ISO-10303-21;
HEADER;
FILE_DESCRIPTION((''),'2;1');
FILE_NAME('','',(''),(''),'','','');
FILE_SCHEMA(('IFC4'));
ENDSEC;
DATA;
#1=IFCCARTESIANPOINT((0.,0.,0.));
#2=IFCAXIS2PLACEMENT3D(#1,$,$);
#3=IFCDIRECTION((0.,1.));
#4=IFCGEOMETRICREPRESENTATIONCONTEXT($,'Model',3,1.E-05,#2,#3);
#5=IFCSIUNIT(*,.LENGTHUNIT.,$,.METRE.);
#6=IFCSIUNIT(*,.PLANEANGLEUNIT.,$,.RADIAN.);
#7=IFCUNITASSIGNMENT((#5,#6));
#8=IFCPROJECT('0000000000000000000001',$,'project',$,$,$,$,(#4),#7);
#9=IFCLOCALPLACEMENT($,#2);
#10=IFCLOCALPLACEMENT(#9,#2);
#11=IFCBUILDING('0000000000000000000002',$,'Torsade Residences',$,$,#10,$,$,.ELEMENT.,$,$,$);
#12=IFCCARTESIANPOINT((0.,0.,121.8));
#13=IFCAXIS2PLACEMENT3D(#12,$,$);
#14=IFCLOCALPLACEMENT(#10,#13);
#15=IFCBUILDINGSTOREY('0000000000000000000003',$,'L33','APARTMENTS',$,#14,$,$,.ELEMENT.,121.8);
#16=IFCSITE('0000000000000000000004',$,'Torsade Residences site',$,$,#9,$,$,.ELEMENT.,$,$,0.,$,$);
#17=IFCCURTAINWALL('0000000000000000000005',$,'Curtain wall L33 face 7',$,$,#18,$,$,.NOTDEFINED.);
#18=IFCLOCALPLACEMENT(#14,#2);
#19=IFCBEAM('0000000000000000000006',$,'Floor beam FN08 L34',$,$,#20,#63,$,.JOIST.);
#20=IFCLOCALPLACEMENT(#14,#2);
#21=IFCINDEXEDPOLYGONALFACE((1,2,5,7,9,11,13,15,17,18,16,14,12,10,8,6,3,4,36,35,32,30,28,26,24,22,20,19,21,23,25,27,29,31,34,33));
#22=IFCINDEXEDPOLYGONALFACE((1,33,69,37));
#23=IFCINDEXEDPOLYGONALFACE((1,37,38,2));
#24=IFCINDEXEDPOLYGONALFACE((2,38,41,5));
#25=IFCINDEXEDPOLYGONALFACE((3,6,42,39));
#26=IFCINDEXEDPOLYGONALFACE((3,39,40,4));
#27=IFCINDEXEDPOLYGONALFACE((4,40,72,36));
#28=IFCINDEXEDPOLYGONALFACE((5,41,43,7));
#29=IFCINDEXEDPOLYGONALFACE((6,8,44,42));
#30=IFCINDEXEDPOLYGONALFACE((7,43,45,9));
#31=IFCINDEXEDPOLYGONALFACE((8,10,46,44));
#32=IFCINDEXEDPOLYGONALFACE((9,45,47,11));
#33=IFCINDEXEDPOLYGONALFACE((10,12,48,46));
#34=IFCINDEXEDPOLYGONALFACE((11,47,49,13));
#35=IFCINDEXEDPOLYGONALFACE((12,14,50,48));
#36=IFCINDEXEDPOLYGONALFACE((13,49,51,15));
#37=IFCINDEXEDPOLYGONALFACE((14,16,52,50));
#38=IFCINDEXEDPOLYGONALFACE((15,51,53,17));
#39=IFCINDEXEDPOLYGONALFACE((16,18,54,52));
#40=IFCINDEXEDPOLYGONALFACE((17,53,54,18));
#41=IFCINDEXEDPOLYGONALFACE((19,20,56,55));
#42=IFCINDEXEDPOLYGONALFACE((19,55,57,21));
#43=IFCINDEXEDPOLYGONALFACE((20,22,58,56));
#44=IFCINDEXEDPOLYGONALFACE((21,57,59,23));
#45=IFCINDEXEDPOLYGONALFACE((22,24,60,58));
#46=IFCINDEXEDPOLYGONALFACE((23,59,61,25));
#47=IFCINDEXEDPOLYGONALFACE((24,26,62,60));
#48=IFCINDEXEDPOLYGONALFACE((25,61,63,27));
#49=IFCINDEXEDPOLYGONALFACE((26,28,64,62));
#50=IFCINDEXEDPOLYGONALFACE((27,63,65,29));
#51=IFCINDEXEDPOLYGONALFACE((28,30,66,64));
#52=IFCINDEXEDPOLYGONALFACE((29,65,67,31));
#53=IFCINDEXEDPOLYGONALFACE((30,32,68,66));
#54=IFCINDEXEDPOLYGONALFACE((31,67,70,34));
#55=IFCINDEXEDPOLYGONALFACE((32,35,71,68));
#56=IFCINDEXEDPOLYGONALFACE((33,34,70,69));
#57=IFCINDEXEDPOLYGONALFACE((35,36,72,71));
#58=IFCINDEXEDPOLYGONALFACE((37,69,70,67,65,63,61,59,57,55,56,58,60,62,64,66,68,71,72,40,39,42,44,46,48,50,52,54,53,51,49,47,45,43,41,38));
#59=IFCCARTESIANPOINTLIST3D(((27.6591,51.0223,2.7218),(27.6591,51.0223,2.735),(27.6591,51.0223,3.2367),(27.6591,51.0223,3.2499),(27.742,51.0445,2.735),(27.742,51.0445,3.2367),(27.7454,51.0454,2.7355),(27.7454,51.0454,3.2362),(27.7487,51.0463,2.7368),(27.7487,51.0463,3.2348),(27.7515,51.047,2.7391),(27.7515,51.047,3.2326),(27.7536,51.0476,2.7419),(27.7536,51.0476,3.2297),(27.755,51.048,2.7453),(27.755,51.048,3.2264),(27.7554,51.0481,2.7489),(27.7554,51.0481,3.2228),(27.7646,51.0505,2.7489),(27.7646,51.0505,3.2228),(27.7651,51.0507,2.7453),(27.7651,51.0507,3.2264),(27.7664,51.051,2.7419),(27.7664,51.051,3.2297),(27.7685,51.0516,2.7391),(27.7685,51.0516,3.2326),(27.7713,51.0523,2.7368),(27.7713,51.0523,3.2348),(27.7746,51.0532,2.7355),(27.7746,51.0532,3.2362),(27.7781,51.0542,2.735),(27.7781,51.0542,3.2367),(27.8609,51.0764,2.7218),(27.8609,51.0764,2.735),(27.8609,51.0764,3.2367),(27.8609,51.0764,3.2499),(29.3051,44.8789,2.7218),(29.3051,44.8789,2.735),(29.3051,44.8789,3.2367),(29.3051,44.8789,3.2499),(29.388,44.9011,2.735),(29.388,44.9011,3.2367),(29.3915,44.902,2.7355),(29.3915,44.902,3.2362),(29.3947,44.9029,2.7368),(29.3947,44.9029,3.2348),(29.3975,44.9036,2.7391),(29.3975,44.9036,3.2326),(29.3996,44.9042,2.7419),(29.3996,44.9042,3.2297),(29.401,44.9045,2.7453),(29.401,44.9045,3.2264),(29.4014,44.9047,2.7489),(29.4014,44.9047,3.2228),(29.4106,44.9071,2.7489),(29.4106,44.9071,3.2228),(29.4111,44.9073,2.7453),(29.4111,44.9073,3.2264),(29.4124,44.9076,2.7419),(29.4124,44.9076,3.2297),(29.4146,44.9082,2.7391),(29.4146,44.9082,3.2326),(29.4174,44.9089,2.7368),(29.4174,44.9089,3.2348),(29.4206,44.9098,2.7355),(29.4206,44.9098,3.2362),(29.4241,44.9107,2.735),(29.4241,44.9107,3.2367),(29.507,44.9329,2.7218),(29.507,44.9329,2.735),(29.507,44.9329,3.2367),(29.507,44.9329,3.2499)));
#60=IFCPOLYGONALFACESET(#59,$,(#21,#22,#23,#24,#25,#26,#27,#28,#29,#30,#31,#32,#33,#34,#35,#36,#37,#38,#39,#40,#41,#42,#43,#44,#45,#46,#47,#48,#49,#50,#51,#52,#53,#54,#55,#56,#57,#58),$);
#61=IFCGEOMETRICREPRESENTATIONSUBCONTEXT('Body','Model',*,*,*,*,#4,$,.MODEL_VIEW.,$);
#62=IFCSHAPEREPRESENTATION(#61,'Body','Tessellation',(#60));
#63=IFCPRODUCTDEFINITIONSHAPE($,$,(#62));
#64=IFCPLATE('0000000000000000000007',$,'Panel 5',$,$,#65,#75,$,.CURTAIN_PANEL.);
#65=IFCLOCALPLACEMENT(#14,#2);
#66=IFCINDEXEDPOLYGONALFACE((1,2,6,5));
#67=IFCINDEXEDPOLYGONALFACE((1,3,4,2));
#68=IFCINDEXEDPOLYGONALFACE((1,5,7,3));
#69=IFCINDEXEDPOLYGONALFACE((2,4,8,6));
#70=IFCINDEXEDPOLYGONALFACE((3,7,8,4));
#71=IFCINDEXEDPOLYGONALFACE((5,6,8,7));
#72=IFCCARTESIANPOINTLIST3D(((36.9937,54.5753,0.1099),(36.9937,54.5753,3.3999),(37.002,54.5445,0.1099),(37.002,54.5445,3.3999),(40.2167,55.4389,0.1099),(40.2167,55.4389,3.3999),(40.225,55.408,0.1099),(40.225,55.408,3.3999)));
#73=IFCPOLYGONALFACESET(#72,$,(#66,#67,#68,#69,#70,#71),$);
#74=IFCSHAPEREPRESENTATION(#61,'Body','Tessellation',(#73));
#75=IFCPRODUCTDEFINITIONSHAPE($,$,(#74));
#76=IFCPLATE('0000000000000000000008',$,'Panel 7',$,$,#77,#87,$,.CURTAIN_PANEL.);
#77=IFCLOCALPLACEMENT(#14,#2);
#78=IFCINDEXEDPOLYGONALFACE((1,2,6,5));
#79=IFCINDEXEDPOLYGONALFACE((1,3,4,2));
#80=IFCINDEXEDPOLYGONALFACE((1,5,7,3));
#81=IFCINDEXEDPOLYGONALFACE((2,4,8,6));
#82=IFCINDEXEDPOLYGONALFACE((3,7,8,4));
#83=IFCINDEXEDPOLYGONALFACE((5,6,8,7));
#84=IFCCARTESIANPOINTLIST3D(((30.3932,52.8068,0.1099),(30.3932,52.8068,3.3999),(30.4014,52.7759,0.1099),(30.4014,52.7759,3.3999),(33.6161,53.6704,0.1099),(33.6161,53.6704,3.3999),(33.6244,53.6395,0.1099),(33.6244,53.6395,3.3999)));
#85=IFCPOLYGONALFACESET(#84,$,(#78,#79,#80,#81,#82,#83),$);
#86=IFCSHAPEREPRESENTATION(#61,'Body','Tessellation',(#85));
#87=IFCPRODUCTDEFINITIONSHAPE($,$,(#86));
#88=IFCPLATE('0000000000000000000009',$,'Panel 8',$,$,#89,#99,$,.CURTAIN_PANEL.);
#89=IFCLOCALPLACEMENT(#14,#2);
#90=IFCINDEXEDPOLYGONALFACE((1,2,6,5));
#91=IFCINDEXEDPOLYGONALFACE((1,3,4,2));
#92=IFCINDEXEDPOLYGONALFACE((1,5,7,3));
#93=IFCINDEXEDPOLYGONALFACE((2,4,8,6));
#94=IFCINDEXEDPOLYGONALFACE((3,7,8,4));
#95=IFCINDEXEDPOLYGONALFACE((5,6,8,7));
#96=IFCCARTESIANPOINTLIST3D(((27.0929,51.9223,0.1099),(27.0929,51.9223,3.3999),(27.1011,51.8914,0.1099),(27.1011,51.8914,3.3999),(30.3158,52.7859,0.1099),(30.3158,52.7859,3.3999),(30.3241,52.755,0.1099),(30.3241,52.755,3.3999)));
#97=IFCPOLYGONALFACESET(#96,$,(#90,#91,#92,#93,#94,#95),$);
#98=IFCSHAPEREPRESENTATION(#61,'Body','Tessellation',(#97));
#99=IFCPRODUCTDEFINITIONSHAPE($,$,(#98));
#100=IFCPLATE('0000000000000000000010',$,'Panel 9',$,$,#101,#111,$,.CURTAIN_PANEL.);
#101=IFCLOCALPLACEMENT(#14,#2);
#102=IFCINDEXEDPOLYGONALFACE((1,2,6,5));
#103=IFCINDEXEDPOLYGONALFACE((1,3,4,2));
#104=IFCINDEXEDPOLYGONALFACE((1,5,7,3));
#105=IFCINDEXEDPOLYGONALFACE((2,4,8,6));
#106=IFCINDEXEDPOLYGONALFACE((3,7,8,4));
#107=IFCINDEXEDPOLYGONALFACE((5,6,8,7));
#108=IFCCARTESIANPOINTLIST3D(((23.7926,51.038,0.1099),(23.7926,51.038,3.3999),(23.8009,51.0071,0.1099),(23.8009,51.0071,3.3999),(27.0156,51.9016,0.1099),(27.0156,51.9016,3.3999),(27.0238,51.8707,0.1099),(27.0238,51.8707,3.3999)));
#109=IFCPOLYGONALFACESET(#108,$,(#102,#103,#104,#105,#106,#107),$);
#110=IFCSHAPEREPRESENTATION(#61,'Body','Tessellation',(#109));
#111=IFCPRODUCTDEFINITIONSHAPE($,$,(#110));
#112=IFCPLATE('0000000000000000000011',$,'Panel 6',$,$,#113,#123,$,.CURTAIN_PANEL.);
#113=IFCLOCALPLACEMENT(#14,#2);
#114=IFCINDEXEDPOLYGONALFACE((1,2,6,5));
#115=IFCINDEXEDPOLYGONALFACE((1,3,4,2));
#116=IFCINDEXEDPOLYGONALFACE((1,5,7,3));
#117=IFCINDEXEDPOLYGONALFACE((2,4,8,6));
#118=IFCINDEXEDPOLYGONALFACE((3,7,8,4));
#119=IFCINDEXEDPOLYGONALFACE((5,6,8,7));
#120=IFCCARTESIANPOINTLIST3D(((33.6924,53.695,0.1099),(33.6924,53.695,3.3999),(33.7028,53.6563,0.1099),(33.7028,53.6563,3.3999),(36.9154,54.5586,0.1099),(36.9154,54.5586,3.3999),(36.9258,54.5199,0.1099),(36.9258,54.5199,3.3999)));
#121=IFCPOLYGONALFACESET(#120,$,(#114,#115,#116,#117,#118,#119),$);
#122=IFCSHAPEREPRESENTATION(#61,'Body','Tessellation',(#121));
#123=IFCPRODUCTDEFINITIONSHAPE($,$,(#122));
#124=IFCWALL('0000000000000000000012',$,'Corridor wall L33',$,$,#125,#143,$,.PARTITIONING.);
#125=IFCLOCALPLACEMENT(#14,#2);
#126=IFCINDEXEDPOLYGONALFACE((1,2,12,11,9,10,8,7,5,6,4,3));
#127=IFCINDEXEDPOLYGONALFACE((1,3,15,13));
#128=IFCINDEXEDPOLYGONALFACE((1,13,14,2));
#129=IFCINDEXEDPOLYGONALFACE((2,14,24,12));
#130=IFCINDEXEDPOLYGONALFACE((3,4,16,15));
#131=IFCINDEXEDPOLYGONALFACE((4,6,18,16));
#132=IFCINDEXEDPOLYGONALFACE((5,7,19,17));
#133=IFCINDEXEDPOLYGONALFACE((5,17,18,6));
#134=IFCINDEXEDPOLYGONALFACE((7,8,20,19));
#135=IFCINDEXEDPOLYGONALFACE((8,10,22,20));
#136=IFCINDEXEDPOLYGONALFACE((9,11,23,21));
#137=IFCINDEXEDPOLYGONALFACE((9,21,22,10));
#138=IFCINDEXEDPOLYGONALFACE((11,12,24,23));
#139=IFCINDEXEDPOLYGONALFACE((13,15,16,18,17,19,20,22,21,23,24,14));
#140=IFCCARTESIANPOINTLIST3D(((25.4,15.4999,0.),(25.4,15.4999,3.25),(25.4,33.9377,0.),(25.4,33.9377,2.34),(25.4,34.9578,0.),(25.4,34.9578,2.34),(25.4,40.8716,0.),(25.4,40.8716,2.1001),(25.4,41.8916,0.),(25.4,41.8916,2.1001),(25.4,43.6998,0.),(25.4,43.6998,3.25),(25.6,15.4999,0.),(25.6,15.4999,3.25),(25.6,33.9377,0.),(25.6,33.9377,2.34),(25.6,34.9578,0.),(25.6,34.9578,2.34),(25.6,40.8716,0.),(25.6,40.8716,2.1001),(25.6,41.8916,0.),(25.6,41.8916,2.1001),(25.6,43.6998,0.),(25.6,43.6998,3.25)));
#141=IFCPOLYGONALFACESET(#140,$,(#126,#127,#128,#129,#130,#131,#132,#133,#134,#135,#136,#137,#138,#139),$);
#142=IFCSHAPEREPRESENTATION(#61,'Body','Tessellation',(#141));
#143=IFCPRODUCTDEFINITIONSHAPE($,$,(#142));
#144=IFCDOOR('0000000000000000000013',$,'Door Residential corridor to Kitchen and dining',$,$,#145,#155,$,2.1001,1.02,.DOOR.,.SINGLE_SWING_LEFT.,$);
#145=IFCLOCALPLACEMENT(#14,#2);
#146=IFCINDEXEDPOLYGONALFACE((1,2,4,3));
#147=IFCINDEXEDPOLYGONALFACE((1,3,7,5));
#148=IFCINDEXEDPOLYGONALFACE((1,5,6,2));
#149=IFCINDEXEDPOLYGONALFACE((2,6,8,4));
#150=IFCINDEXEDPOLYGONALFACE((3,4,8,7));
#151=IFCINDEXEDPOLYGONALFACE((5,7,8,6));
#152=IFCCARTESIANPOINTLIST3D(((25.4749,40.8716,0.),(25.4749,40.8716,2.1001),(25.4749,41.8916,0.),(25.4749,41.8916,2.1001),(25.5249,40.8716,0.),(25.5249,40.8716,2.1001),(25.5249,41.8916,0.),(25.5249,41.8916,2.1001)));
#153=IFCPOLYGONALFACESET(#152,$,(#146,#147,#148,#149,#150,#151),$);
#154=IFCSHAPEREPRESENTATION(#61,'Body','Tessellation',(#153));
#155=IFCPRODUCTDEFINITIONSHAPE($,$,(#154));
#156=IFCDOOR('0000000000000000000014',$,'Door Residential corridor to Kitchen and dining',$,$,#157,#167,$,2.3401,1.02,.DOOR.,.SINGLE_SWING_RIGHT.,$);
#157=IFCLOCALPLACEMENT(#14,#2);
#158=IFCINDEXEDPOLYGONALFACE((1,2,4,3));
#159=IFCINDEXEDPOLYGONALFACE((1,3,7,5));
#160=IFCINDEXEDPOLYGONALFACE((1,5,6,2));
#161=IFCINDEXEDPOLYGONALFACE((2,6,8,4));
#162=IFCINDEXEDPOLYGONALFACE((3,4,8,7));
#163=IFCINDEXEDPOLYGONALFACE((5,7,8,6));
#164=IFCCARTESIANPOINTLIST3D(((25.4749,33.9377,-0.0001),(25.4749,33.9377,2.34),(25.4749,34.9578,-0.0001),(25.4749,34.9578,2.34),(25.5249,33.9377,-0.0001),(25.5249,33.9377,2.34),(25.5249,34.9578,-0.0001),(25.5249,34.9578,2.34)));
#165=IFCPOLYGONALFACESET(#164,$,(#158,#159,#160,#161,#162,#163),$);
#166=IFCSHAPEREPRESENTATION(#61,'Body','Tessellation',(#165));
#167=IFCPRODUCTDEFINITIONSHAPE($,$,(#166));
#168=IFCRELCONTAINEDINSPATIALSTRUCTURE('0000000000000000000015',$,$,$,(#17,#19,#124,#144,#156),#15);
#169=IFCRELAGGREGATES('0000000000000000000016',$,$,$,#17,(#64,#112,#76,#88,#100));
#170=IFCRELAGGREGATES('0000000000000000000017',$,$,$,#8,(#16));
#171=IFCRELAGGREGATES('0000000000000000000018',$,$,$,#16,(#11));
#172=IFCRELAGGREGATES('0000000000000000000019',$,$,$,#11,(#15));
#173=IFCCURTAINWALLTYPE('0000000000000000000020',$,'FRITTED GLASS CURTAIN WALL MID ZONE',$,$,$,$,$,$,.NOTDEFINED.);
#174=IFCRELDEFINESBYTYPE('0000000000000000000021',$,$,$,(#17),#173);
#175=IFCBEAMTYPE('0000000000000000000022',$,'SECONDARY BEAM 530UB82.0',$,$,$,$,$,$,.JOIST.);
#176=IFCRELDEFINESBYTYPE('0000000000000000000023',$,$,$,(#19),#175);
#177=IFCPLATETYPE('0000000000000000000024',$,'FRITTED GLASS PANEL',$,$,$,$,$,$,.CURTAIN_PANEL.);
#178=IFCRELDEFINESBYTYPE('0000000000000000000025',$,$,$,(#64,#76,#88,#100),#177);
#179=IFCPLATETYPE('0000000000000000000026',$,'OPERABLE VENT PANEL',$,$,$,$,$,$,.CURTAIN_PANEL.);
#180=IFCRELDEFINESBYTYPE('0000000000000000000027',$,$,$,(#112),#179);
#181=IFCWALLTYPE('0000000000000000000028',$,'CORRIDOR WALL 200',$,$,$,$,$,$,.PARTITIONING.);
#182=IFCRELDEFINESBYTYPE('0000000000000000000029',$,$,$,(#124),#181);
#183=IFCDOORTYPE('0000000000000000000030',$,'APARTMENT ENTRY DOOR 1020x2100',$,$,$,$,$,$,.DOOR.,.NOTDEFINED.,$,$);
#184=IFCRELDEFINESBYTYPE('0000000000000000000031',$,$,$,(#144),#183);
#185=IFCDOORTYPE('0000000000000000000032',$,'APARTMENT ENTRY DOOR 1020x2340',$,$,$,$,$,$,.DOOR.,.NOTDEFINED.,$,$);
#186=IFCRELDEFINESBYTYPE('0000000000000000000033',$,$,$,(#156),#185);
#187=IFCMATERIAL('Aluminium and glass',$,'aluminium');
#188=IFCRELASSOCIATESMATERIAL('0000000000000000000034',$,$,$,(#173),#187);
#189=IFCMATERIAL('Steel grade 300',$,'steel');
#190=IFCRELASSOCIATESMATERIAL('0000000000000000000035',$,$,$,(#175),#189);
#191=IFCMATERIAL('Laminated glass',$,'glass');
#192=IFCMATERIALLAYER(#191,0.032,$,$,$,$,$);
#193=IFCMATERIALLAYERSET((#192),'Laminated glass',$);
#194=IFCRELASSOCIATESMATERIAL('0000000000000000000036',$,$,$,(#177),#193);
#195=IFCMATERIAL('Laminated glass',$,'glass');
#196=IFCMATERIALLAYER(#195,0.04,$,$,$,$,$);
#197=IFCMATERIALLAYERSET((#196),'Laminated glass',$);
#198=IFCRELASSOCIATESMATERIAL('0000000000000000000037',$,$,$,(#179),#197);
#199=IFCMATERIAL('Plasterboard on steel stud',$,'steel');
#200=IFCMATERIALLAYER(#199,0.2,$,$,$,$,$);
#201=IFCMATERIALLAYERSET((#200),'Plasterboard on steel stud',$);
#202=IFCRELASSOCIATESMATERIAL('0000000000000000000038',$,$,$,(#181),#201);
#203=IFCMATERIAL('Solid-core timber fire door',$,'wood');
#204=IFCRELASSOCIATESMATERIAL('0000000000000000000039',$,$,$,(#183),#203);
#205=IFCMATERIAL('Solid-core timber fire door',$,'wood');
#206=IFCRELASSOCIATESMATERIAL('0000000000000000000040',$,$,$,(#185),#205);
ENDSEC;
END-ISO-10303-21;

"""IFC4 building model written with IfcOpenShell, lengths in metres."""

from ifc_helpers import new_model, si_unit, direction, frame, frame_2d, origin, origin_2d, place, context, subcontext, project, spatial, rectangle, i_section, extrude, material, layer, layer_set, material_profile, profile_set, type_object, element, fill, aggregate, save


model = new_model("IFC4")

# Units and contexts
model_context = context("Model", 3, precision=1e-05, world=origin(), true_north=direction((0.0, 1.0)))
body_context = subcontext(model_context, "Body", "Model", "MODEL_VIEW")
ifc_project = project(units=[si_unit("LENGTHUNIT", "METRE"), si_unit("PLANEANGLEUNIT", "RADIAN")], contexts=[model_context])

# Site, building, storey
site_placement = place(None, origin())
site = spatial("IfcSite", under=ifc_project, at=site_placement, Name="Torsade Residences site", CompositionType="ELEMENT", RefElevation=0.0)
building_placement = place(site_placement, origin())
building = spatial("IfcBuilding", under=site, at=building_placement, Name="Torsade Residences", CompositionType="ELEMENT")
storey_placement = place(building_placement, frame((0.0, 0.0, 121.8)))
storey = spatial("IfcBuildingStorey", under=building, at=storey_placement, Name="L33", Description="APARTMENTS", CompositionType="ELEMENT", Elevation=121.8)

# Curtain wall
ifc_material_1 = material(Name="Aluminium and glass", Category="aluminium")
curtain_wall_type = type_object("IfcCurtainWallType", Name="FRITTED GLASS CURTAIN WALL MID ZONE", PredefinedType="NOTDEFINED", material=ifc_material_1)
curtain_wall_placement = place(storey_placement, origin())
curtain_wall = element("IfcCurtainWall", 1, at=curtain_wall_placement, inside=storey, type_object=curtain_wall_type, Name="Curtain wall L33 face 7", PredefinedType="NOTDEFINED")

# Beam
ifc_material_2 = material(Name="Steel grade 300", Category="steel")
ifc_material_profile_1 = material_profile(ifc_material_2, i_section(OverallWidth=0.209, OverallDepth=0.5281, WebThickness=0.0095, FlangeThickness=0.0132, FilletRadius=0.0139, at=origin_2d()), Name="530UB82.0")
ifc_profile_set_1 = profile_set([ifc_material_profile_1], Name="Steel grade 300")
beam_type_1 = type_object("IfcBeamType", Name="SECONDARY BEAM 530UB82.0", PredefinedType="JOIST", material=ifc_profile_set_1)
beam_1_placement = place(storey_placement, frame((27.76, 51.0493, 2.9858), z_axis=(0.258805, -0.96593, 0.0), x_axis=(0.96593, 0.258805, 0.0)))
element("IfcBeam", 2, at=beam_1_placement, inside=storey, type_object=beam_type_1, Name="Floor beam FN08 L34", PredefinedType="JOIST", context=body_context, shape_type="SweptSolid", body=[
    extrude(i_section(OverallWidth=0.209, OverallDepth=0.5281, WebThickness=0.0095, FlangeThickness=0.0132, FilletRadius=0.0139, at=origin_2d()), origin(), (0.0, 0.0, 1.0), 6.3601),
])

# Plates
ifc_material_3 = material(Name="Laminated glass", Category="glass")
ifc_layer_1 = layer(ifc_material_3, 0.032)
ifc_layer_set_1 = layer_set([ifc_layer_1], Name="Laminated glass")
plate_type_1 = type_object("IfcPlateType", Name="FRITTED GLASS PANEL", PredefinedType="CURTAIN_PANEL", material=ifc_layer_set_1)
plate_1_placement = place(storey_placement, frame((38.6094, 54.9917, 0.1099), z_axis=(0.0, 0.0, 1.0), x_axis=(-0.965926, -0.258819, 0.0)))
plate_1 = element("IfcPlate", 3, at=plate_1_placement, type_object=plate_type_1, Name="Panel 5", PredefinedType="CURTAIN_PANEL", context=body_context, shape_type="SweptSolid", body=[
    extrude(rectangle(XDim=3.3367, YDim=0.032, at=origin_2d()), origin(), (0.0, 0.0, 1.0), 3.29),
])
plate_2_placement = place(storey_placement, frame((32.0088, 53.2231, 0.1099), z_axis=(0.0, 0.0, 1.0), x_axis=(-0.965926, -0.258819, 0.0)))
plate_2 = element("IfcPlate", 4, at=plate_2_placement, type_object=plate_type_1, Name="Panel 7", PredefinedType="CURTAIN_PANEL", context=body_context, shape_type="SweptSolid", body=[
    extrude(rectangle(XDim=3.3367, YDim=0.032, at=origin_2d()), origin(), (0.0, 0.0, 1.0), 3.29),
])
plate_3_placement = place(storey_placement, frame((28.7085, 52.3386, 0.1099), z_axis=(0.0, 0.0, 1.0), x_axis=(-0.965926, -0.258819, 0.0)))
plate_3 = element("IfcPlate", 5, at=plate_3_placement, type_object=plate_type_1, Name="Panel 8", PredefinedType="CURTAIN_PANEL", context=body_context, shape_type="SweptSolid", body=[
    extrude(rectangle(XDim=3.3367, YDim=0.032, at=origin_2d()), origin(), (0.0, 0.0, 1.0), 3.29),
])
plate_4_placement = place(storey_placement, frame((25.4082, 51.4543, 0.1099), z_axis=(0.0, 0.0, 1.0), x_axis=(-0.965926, -0.258819, 0.0)))
plate_4 = element("IfcPlate", 6, at=plate_4_placement, type_object=plate_type_1, Name="Panel 9", PredefinedType="CURTAIN_PANEL", context=body_context, shape_type="SweptSolid", body=[
    extrude(rectangle(XDim=3.3367, YDim=0.032, at=origin_2d()), origin(), (0.0, 0.0, 1.0), 3.29),
])
ifc_material_4 = material(Name="Laminated glass", Category="glass")
ifc_layer_2 = layer(ifc_material_4, 0.04)
ifc_layer_set_2 = layer_set([ifc_layer_2], Name="Laminated glass")
plate_type_2 = type_object("IfcPlateType", Name="OPERABLE VENT PANEL", PredefinedType="CURTAIN_PANEL", material=ifc_layer_set_2)
plate_5_placement = place(storey_placement, frame((35.3091, 54.1074, 0.1099), z_axis=(0.0, 0.0, 1.0), x_axis=(-0.965926, -0.258819, 0.0)))
plate_5 = element("IfcPlate", 7, at=plate_5_placement, type_object=plate_type_2, Name="Panel 6", PredefinedType="CURTAIN_PANEL", context=body_context, shape_type="SweptSolid", body=[
    extrude(rectangle(XDim=3.3367, YDim=0.04, at=origin_2d()), origin(), (0.0, 0.0, 1.0), 3.29),
])
aggregate(curtain_wall, [plate_1, plate_5, plate_2, plate_3, plate_4])

# Wall, openings, doors
ifc_material_5 = material(Name="Plasterboard on steel stud", Category="steel")
ifc_layer_3 = layer(ifc_material_5, 0.2)
ifc_layer_set_3 = layer_set([ifc_layer_3], Name="Plasterboard on steel stud")
wall_type_1 = type_object("IfcWallType", Name="CORRIDOR WALL 200", PredefinedType="PARTITIONING", material=ifc_layer_set_3)
wall_1_placement = place(storey_placement, frame((25.5, 43.7, 0.0), z_axis=(0.0, 0.0, 1.0), x_axis=(0.0, -1.0, 0.0)))
wall_1 = element("IfcWall", 8, at=wall_1_placement, inside=storey, type_object=wall_type_1, Name="Corridor wall L33", PredefinedType="PARTITIONING", context=body_context, shape_type="SweptSolid", body=[
    extrude(rectangle(XDim=28.2, YDim=0.2, at=frame_2d((14.1001, 0.0))), origin(), (0.0, 0.0, 1.0), 3.25),
])
opening_1_placement = place(wall_1_placement, frame((8.7422, 0.0, 0.0)))
opening_1 = element("IfcOpeningElement", 9, at=opening_1_placement, cuts=wall_1, PredefinedType="OPENING", context=body_context, shape_type="SweptSolid", body=[
    extrude(rectangle(XDim=1.02, YDim=2.3401, at=frame_2d((0.51, 1.1699))), frame((0.0, 0.1099, 0.0), z_axis=(0.0, -1.0, 0.0), x_axis=(1.0, 0.0, 0.0)), (0.0, 0.0, 1.0), 0.22),
])
opening_2_placement = place(wall_1_placement, frame((1.8083, 0.0, 0.0)))
opening_2 = element("IfcOpeningElement", 10, at=opening_2_placement, cuts=wall_1, PredefinedType="OPENING", context=body_context, shape_type="SweptSolid", body=[
    extrude(rectangle(XDim=1.02, YDim=2.1001, at=frame_2d((0.51, 1.05))), frame((0.0, 0.1099, 0.0), z_axis=(0.0, -1.0, 0.0), x_axis=(1.0, 0.0, 0.0)), (0.0, 0.0, 1.0), 0.22),
])
ifc_material_6 = material(Name="Solid-core timber fire door", Category="wood")
door_type_1 = type_object("IfcDoorType", Name="APARTMENT ENTRY DOOR 1020x2100", OperationType="NOTDEFINED", PredefinedType="DOOR", material=ifc_material_6)
door_1_placement = place(opening_2_placement, origin())
door_1 = element("IfcDoor", 11, at=door_1_placement, inside=storey, type_object=door_type_1, Name="Door Residential corridor to Kitchen and dining", OperationType="SINGLE_SWING_LEFT", OverallHeight=2.1001, OverallWidth=1.02, PredefinedType="DOOR", context=body_context, shape_type="SweptSolid", body=[
    extrude(rectangle(XDim=1.02, YDim=2.1001, at=frame_2d((0.51, 1.05))), frame((0.0, 0.0249, 0.0), z_axis=(0.0, -1.0, 0.0), x_axis=(1.0, 0.0, 0.0)), (0.0, 0.0, 1.0), 0.05),
])
fill(opening_2, door_1)
ifc_material_7 = material(Name="Solid-core timber fire door", Category="wood")
door_type_2 = type_object("IfcDoorType", Name="APARTMENT ENTRY DOOR 1020x2340", OperationType="NOTDEFINED", PredefinedType="DOOR", material=ifc_material_7)
door_2_placement = place(opening_1_placement, origin())
door_2 = element("IfcDoor", 12, at=door_2_placement, inside=storey, type_object=door_type_2, Name="Door Residential corridor to Kitchen and dining", OperationType="SINGLE_SWING_RIGHT", OverallHeight=2.3401, OverallWidth=1.02, PredefinedType="DOOR", context=body_context, shape_type="SweptSolid", body=[
    extrude(rectangle(XDim=1.02, YDim=2.3401, at=frame_2d((0.51, 1.1699))), frame((0.0, 0.0249, 0.0), z_axis=(0.0, -1.0, 0.0), x_axis=(1.0, 0.0, 0.0)), (0.0, 0.0, 1.0), 0.05),
])
fill(opening_1, door_2)

save(model, "model.ifc")
